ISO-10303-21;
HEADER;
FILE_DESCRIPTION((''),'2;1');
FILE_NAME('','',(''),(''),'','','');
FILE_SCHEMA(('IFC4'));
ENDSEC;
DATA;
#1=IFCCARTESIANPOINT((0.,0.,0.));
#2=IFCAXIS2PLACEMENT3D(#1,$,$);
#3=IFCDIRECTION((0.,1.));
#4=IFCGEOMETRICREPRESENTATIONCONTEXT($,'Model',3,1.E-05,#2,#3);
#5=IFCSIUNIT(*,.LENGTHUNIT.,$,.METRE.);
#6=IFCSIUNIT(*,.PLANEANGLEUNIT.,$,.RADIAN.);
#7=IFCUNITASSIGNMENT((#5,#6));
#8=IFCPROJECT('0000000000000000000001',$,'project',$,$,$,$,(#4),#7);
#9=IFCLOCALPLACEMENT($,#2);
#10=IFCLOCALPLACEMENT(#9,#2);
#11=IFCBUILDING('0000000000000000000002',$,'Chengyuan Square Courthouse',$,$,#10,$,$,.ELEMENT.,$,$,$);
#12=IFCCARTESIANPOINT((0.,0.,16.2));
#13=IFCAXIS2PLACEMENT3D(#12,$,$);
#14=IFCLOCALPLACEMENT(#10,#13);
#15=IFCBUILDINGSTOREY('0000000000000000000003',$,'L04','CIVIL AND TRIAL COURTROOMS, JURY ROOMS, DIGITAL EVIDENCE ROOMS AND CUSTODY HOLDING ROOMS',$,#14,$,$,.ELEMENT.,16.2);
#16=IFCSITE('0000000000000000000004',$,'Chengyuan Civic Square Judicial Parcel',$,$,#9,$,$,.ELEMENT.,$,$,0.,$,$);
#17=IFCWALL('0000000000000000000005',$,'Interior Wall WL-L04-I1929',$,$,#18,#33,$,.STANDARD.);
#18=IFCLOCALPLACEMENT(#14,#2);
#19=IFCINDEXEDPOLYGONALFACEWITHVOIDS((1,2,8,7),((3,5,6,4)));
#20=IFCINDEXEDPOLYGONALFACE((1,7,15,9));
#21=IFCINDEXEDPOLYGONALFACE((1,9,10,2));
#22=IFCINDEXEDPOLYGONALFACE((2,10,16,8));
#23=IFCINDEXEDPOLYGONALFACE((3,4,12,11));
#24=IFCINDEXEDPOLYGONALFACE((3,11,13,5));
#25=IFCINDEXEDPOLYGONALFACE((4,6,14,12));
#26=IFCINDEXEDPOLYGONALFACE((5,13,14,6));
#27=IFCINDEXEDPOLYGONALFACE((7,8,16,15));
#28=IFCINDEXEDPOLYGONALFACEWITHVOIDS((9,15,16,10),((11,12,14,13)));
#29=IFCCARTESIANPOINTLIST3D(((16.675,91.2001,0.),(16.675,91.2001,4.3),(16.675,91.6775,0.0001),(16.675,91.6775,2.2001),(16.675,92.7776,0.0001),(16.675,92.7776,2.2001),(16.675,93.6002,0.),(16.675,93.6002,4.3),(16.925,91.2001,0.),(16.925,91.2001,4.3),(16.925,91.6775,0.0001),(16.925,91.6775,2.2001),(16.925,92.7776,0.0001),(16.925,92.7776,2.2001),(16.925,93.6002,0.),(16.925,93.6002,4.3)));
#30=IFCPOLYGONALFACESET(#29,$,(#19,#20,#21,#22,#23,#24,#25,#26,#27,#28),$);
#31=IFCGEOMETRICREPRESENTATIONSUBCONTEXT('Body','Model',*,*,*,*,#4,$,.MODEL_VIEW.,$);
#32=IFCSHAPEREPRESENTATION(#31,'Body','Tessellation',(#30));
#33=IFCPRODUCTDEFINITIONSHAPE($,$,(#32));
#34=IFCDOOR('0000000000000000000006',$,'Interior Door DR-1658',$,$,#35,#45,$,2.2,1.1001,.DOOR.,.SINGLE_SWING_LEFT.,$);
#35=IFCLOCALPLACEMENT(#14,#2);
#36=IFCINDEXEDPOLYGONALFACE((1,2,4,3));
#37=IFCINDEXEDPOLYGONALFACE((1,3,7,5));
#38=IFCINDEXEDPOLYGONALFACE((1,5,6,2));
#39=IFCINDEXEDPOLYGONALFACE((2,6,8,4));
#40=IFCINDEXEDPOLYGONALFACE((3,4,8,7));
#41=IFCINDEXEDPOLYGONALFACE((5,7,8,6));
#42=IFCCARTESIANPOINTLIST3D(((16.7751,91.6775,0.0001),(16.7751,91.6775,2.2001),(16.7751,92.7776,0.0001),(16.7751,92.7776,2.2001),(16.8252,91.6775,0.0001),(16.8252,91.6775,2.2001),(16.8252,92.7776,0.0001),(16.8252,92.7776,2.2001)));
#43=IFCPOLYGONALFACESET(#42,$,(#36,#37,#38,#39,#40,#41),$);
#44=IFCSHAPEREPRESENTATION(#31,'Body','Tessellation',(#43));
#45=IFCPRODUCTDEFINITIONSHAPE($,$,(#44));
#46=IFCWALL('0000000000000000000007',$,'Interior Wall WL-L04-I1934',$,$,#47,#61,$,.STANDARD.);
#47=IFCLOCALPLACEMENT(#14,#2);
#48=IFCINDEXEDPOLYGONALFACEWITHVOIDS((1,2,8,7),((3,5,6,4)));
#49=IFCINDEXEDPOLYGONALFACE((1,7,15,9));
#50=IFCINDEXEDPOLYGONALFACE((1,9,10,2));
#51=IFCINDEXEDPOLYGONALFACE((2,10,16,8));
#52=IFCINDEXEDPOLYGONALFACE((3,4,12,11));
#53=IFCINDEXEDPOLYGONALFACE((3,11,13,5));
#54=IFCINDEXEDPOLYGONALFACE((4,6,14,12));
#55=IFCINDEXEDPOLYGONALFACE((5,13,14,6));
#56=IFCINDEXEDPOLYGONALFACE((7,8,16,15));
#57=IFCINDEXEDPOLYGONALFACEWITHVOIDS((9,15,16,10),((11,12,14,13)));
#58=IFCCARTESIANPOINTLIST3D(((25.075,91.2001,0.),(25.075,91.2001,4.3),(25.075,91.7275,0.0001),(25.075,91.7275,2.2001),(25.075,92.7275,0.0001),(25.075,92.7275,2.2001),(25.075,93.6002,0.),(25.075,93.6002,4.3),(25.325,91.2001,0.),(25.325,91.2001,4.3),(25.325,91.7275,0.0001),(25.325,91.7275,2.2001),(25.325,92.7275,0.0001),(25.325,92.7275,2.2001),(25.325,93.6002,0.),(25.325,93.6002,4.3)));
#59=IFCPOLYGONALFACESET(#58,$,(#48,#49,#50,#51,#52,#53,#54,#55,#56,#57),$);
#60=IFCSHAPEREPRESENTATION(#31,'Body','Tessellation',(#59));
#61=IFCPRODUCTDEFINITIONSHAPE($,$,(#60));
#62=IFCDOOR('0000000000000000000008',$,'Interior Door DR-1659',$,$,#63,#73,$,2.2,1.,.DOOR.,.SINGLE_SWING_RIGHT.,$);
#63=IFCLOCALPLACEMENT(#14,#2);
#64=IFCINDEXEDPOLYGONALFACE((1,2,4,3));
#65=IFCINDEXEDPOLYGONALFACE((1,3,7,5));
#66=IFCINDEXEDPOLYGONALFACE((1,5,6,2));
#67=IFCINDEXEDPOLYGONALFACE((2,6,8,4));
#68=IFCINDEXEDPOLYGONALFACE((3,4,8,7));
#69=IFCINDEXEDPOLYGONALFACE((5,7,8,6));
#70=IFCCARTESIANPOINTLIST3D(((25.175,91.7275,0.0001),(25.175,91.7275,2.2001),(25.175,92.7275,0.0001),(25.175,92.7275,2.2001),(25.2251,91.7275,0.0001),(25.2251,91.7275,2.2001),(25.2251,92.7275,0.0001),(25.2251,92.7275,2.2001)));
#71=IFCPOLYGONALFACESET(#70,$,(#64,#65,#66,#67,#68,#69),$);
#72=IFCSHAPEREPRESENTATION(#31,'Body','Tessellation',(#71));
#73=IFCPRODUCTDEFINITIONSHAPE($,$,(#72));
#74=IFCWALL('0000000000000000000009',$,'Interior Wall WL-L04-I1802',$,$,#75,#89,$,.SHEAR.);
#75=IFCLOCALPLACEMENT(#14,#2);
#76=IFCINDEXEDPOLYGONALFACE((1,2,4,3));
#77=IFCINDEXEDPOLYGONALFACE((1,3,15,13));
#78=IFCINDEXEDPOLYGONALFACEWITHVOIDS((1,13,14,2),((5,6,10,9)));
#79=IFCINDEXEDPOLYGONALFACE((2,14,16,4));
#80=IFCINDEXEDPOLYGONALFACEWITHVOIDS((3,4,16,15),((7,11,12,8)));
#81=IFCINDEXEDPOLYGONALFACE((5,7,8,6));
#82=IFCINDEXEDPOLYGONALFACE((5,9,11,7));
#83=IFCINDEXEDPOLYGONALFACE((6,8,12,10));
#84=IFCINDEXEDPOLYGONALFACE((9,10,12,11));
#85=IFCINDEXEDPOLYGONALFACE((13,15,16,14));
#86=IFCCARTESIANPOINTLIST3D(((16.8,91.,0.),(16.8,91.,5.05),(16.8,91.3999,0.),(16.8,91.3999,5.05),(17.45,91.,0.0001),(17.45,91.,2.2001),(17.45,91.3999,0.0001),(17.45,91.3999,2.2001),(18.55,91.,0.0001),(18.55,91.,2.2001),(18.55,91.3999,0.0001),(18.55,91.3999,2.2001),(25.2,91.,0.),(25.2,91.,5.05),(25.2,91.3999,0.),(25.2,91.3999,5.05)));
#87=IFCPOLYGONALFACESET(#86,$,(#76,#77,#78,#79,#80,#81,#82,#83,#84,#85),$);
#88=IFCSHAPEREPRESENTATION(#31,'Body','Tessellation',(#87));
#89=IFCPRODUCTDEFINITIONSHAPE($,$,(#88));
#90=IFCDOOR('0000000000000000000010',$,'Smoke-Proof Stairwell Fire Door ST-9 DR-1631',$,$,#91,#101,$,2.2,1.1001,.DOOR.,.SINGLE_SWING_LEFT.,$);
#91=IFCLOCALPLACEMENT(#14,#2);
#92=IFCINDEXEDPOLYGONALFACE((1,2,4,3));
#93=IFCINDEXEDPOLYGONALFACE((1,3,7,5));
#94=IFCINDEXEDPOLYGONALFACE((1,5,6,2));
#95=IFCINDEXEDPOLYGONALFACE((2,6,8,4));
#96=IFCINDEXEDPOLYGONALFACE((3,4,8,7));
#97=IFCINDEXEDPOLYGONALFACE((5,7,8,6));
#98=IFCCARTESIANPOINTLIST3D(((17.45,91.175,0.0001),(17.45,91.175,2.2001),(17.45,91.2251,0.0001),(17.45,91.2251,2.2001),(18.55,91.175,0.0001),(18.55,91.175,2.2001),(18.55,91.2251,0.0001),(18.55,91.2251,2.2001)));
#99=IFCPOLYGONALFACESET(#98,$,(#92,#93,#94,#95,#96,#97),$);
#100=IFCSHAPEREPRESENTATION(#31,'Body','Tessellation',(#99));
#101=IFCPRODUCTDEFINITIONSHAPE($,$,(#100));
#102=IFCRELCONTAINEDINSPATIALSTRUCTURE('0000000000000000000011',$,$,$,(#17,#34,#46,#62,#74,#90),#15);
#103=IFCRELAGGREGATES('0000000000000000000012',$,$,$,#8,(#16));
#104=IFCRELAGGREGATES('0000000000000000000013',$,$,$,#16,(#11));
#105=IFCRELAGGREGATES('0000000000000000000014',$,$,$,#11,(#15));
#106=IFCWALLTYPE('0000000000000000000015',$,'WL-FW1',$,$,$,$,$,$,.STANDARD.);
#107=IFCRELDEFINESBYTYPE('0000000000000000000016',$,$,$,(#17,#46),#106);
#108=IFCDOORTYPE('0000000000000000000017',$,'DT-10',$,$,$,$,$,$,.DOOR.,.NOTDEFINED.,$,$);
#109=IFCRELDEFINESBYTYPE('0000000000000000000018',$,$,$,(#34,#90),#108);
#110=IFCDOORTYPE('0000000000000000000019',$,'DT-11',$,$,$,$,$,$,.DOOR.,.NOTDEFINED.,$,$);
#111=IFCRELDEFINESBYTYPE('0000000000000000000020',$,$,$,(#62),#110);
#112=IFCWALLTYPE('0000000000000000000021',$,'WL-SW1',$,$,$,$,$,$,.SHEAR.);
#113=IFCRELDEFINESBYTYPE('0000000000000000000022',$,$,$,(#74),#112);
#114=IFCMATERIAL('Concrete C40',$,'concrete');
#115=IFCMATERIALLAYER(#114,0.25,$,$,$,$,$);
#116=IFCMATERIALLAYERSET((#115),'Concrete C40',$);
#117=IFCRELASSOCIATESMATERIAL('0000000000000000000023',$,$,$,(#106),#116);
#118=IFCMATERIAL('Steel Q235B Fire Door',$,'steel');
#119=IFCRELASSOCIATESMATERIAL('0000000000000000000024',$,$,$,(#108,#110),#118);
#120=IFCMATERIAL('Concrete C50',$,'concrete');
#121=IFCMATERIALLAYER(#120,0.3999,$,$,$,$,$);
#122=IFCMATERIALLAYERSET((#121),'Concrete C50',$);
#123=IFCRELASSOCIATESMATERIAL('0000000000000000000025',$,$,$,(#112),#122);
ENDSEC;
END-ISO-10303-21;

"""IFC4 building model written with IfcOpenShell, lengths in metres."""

from ifc_helpers import new_model, si_unit, direction, frame, frame_2d, origin, place, context, subcontext, project, spatial, rectangle, extrude, material, layer, layer_set, type_object, element, fill, save


model = new_model("IFC4")

# Units and contexts
model_context = context("Model", 3, precision=1e-05, world=origin(), true_north=direction((0.0, 1.0)))
body_context = subcontext(model_context, "Body", "Model", "MODEL_VIEW")
ifc_project = project(units=[si_unit("LENGTHUNIT", "METRE"), si_unit("PLANEANGLEUNIT", "RADIAN")], contexts=[model_context])

# Site, building, storey
site_placement = place(None, origin())
site = spatial("IfcSite", under=ifc_project, at=site_placement, Name="Chengyuan Civic Square Judicial Parcel", CompositionType="ELEMENT", RefElevation=0.0)
building_placement = place(site_placement, origin())
building = spatial("IfcBuilding", under=site, at=building_placement, Name="Chengyuan Square Courthouse", CompositionType="ELEMENT")
storey_placement = place(building_placement, frame((0.0, 0.0, 16.2)))
storey = spatial("IfcBuildingStorey", under=building, at=storey_placement, Name="L04", Description="CIVIL AND TRIAL COURTROOMS, JURY ROOMS, DIGITAL EVIDENCE ROOMS AND CUSTODY HOLDING ROOMS", CompositionType="ELEMENT", Elevation=16.2)

# Shared definitions
ifc_material_1 = material(Name="Concrete C50", Category="concrete")

# Shared definitions
ifc_material_2 = material(Name="Concrete C40", Category="concrete")

# Walls, openings, doors
ifc_layer_1 = layer(ifc_material_2, 0.25)
ifc_layer_set_1 = layer_set([ifc_layer_1], Name="Concrete C40")
wall_type_1 = type_object("IfcWallType", Name="WL-FW1", PredefinedType="STANDARD", material=ifc_layer_set_1)
wall_1_placement = place(storey_placement, frame((16.8, 91.2, 0.0), z_axis=(0.0, 0.0, 1.0), x_axis=(0.0, 1.0, 0.0)))
wall_1 = element("IfcWall", 1, at=wall_1_placement, inside=storey, type_object=wall_type_1, Name="Interior Wall WL-L04-I1929", PredefinedType="STANDARD", context=body_context, shape_type="SweptSolid", body=[
    extrude(rectangle(XDim=2.4001, YDim=0.25, at=frame_2d((1.2002, 0.0))), origin(), (0.0, 0.0, 1.0), 4.3),
])
opening_1_placement = place(wall_1_placement, frame((0.4775, 0.0, 0.0)))
opening_1 = element("IfcOpeningElement", 2, at=opening_1_placement, cuts=wall_1, PredefinedType="OPENING", context=body_context, shape_type="SweptSolid", body=[
    extrude(rectangle(XDim=1.1001, YDim=2.2, at=frame_2d((0.55, 1.1001))), frame((0.0, 0.137, 0.0), z_axis=(0.0, -1.0, 0.0), x_axis=(1.0, 0.0, 0.0)), (0.0, 0.0, 1.0), 0.2739),
])
ifc_material_3 = material(Name="Steel Q235B Fire Door", Category="steel")
door_type_1 = type_object("IfcDoorType", Name="DT-10", OperationType="NOTDEFINED", PredefinedType="DOOR", material=ifc_material_3)
door_1_placement = place(opening_1_placement, origin())
door_1 = element("IfcDoor", 3, at=door_1_placement, inside=storey, type_object=door_type_1, Name="Interior Door DR-1658", OperationType="SINGLE_SWING_LEFT", OverallHeight=2.2, OverallWidth=1.1001, PredefinedType="DOOR", context=body_context, shape_type="SweptSolid", body=[
    extrude(rectangle(XDim=1.1001, YDim=2.2, at=frame_2d((0.55, 1.1001))), frame((0.0, 0.0249, 0.0), z_axis=(0.0, -1.0, 0.0), x_axis=(1.0, 0.0, 0.0)), (0.0, 0.0, 1.0), 0.05),
])
fill(opening_1, door_1)
wall_2_placement = place(storey_placement, frame((25.2, 91.2, 0.0), z_axis=(0.0, 0.0, 1.0), x_axis=(0.0, 1.0, 0.0)))
wall_2 = element("IfcWall", 4, at=wall_2_placement, inside=storey, type_object=wall_type_1, Name="Interior Wall WL-L04-I1934", PredefinedType="STANDARD", context=body_context, shape_type="SweptSolid", body=[
    extrude(rectangle(XDim=2.4001, YDim=0.25, at=frame_2d((1.2002, 0.0))), origin(), (0.0, 0.0, 1.0), 4.3),
])
opening_2_placement = place(wall_2_placement, frame((0.5276, 0.0, 0.0)))
opening_2 = element("IfcOpeningElement", 5, at=opening_2_placement, cuts=wall_2, PredefinedType="OPENING", context=body_context, shape_type="SweptSolid", body=[
    extrude(rectangle(XDim=1.0, YDim=2.2, at=frame_2d((0.5, 1.1001))), frame((0.0, 0.137, 0.0), z_axis=(0.0, -1.0, 0.0), x_axis=(1.0, 0.0, 0.0)), (0.0, 0.0, 1.0), 0.2739),
])
door_type_2 = type_object("IfcDoorType", Name="DT-11", OperationType="NOTDEFINED", PredefinedType="DOOR", material=ifc_material_3)
door_2_placement = place(opening_2_placement, origin())
door_2 = element("IfcDoor", 6, at=door_2_placement, inside=storey, type_object=door_type_2, Name="Interior Door DR-1659", OperationType="SINGLE_SWING_RIGHT", OverallHeight=2.2, OverallWidth=1.0, PredefinedType="DOOR", context=body_context, shape_type="SweptSolid", body=[
    extrude(rectangle(XDim=1.0, YDim=2.2, at=frame_2d((0.5, 1.1001))), frame((0.0, 0.0249, 0.0), z_axis=(0.0, -1.0, 0.0), x_axis=(1.0, 0.0, 0.0)), (0.0, 0.0, 1.0), 0.05),
])
fill(opening_2, door_2)
ifc_layer_2 = layer(ifc_material_1, 0.3999)
ifc_layer_set_2 = layer_set([ifc_layer_2], Name="Concrete C50")
wall_type_2 = type_object("IfcWallType", Name="WL-SW1", PredefinedType="SHEAR", material=ifc_layer_set_2)
wall_3_placement = place(storey_placement, frame((16.8, 91.2, 0.0), z_axis=(0.0, 0.0, 1.0), x_axis=(1.0, 0.0, 0.0)))
wall_3 = element("IfcWall", 7, at=wall_3_placement, inside=storey, type_object=wall_type_2, Name="Interior Wall WL-L04-I1802", PredefinedType="SHEAR", context=body_context, shape_type="SweptSolid", body=[
    extrude(rectangle(XDim=8.3999, YDim=0.3999, at=frame_2d((4.2, 0.0))), origin(), (0.0, 0.0, 1.0), 5.05),
])
opening_3_placement = place(wall_3_placement, frame((0.6499, 0.0, 0.0)))
opening_3 = element("IfcOpeningElement", 8, at=opening_3_placement, cuts=wall_3, PredefinedType="OPENING", context=body_context, shape_type="SweptSolid", body=[
    extrude(rectangle(XDim=1.1001, YDim=2.2, at=frame_2d((0.55, 1.1001))), frame((0.0, 0.2119, 0.0), z_axis=(0.0, -1.0, 0.0), x_axis=(1.0, 0.0, 0.0)), (0.0, 0.0, 1.0), 0.4238),
])
door_3_placement = place(opening_3_placement, frame((1.1001, 0.0, 0.0), z_axis=(0.0, 0.0, 1.0), x_axis=(-1.0, 0.0, 0.0)))
door_3 = element("IfcDoor", 9, at=door_3_placement, inside=storey, type_object=door_type_1, Name="Smoke-Proof Stairwell Fire Door ST-9 DR-1631", OperationType="SINGLE_SWING_LEFT", OverallHeight=2.2, OverallWidth=1.1001, PredefinedType="DOOR", context=body_context, shape_type="SweptSolid", body=[
    extrude(rectangle(XDim=1.1001, YDim=2.2, at=frame_2d((0.55, 1.1001))), frame((0.0, 0.0249, 0.0), z_axis=(0.0, -1.0, 0.0), x_axis=(1.0, 0.0, 0.0)), (0.0, 0.0, 1.0), 0.05),
])
fill(opening_3, door_3)

save(model, "model.ifc")
